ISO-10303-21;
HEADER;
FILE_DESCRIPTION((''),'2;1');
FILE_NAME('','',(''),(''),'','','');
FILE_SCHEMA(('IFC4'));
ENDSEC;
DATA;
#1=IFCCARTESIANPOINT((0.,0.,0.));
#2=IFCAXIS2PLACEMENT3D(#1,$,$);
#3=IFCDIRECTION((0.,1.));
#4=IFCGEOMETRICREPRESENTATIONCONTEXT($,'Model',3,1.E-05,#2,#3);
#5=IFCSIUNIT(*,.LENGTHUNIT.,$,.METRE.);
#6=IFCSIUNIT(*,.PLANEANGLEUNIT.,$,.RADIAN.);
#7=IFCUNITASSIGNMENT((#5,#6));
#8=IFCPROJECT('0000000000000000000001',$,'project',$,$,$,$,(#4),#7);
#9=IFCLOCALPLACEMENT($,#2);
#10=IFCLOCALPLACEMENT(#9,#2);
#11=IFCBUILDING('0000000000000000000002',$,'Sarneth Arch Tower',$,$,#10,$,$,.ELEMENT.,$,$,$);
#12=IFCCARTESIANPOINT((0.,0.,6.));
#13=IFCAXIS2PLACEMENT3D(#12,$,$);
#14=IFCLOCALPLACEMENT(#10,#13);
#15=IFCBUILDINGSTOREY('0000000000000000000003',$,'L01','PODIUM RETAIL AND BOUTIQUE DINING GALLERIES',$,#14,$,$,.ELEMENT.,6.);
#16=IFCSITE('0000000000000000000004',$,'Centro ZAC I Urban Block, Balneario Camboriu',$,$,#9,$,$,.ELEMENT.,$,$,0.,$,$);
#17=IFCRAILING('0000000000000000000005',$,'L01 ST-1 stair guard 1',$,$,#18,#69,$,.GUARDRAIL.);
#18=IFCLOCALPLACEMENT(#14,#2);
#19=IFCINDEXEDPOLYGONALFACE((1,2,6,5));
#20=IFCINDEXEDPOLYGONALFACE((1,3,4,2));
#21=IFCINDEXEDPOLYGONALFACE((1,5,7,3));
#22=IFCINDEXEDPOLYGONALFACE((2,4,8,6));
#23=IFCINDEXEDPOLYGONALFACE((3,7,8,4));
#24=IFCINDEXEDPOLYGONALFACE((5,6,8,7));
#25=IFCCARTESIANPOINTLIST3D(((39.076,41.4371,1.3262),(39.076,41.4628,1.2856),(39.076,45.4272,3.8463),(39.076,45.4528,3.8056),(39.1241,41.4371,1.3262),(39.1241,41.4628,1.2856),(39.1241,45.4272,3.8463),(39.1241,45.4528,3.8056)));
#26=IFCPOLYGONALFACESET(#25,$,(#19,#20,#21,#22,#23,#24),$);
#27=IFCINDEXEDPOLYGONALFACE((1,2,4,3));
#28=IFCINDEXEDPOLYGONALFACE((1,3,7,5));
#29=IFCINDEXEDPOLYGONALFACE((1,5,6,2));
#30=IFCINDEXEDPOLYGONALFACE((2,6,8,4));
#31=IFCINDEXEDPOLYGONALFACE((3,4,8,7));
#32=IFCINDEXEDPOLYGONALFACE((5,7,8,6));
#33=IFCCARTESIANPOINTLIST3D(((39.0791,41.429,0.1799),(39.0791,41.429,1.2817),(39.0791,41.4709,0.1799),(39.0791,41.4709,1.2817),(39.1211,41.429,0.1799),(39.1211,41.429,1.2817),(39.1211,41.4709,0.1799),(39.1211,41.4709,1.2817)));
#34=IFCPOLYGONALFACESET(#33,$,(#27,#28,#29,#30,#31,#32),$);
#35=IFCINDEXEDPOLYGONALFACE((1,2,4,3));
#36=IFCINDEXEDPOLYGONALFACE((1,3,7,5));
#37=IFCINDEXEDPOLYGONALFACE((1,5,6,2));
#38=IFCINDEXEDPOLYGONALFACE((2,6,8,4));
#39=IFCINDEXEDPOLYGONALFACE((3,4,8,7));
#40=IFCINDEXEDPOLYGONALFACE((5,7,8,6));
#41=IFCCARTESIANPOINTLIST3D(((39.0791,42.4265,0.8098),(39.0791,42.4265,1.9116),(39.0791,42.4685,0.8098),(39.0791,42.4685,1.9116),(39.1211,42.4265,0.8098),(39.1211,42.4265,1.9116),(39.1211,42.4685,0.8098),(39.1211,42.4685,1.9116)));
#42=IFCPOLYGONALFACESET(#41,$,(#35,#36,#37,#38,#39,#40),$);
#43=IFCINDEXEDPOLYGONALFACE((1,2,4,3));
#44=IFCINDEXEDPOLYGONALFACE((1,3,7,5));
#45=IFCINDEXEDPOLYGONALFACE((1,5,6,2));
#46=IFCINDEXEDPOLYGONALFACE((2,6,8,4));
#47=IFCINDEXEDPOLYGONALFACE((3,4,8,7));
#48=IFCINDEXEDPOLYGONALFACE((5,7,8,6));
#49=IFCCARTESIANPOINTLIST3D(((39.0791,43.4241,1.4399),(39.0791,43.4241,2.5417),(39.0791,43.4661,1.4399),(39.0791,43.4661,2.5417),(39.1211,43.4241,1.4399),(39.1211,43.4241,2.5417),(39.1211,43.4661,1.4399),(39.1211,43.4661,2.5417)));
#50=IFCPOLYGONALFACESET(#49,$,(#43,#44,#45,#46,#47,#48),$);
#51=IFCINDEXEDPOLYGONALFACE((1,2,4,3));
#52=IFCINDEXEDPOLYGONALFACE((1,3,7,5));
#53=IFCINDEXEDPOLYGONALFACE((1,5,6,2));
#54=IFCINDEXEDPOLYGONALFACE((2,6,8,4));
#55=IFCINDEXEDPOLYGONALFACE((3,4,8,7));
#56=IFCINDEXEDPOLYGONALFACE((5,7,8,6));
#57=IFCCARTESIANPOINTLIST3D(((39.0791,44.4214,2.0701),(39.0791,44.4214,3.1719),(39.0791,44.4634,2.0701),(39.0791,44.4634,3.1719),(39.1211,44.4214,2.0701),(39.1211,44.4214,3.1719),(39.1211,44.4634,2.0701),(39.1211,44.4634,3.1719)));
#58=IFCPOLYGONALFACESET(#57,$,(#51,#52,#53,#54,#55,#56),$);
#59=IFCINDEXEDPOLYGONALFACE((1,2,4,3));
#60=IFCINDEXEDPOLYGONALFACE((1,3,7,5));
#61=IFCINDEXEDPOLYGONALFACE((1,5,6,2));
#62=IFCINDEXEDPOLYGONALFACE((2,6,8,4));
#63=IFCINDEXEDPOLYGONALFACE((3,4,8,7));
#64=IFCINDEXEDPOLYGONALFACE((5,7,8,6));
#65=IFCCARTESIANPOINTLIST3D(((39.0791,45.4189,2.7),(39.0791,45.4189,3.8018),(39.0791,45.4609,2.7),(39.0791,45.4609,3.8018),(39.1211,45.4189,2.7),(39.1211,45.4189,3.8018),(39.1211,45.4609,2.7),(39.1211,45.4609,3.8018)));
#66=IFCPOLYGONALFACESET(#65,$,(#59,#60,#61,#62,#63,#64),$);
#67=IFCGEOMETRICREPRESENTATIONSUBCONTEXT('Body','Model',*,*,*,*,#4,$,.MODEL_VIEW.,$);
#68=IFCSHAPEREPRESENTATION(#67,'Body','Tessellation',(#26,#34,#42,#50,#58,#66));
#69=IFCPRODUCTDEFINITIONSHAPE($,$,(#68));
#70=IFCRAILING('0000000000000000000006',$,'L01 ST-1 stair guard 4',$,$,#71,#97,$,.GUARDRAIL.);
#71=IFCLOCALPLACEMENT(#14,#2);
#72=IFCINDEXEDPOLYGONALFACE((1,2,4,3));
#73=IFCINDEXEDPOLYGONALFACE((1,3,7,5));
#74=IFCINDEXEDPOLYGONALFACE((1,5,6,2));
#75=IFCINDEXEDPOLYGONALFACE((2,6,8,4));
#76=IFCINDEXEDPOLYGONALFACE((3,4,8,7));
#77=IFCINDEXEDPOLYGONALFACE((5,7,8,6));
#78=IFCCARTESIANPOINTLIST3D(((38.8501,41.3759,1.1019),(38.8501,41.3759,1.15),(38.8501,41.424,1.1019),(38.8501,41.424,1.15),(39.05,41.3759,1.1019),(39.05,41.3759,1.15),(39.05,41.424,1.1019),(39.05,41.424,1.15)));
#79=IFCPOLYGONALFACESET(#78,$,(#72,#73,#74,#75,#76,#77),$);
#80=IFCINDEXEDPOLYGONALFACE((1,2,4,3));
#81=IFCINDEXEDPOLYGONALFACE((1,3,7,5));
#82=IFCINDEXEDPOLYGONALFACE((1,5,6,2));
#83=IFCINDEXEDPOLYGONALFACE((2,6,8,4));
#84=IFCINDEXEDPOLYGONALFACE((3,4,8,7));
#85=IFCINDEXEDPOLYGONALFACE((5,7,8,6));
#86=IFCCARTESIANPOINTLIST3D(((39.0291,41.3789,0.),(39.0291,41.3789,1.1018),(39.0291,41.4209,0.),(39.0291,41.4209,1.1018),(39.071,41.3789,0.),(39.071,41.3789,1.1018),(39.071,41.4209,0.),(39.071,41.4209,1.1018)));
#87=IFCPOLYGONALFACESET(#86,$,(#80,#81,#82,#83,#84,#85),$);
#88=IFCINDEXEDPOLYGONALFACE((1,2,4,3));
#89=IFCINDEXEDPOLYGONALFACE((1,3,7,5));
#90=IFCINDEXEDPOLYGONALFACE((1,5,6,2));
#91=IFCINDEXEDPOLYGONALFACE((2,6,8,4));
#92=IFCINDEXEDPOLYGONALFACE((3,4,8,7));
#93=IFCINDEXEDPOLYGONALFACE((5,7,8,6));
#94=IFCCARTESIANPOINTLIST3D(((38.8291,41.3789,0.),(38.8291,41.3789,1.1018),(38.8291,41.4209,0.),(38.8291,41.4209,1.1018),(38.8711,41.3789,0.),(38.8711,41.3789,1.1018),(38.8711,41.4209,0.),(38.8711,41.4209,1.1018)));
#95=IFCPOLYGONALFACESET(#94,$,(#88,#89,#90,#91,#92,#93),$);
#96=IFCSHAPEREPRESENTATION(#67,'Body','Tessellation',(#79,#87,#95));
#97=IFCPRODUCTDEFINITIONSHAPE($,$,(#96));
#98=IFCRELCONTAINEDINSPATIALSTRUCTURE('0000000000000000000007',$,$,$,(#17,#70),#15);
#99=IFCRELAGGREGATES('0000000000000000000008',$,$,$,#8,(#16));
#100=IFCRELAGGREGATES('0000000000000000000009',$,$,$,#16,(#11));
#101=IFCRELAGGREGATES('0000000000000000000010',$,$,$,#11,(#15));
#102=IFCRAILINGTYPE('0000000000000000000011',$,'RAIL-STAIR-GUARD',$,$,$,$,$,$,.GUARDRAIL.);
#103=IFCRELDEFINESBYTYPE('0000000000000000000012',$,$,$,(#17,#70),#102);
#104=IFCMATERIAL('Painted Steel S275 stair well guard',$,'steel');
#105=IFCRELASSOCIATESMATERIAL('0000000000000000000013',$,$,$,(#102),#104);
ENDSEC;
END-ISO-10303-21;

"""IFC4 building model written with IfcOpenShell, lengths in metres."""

from ifc_helpers import new_model, si_unit, direction, frame, origin, origin_2d, place, context, subcontext, project, spatial, rectangle, extrude, material, type_object, element, save


model = new_model("IFC4")

# Units and contexts
model_context = context("Model", 3, precision=1e-05, world=origin(), true_north=direction((0.0, 1.0)))
body_context = subcontext(model_context, "Body", "Model", "MODEL_VIEW")
ifc_project = project(units=[si_unit("LENGTHUNIT", "METRE"), si_unit("PLANEANGLEUNIT", "RADIAN")], contexts=[model_context])

# Site, building, storey
site_placement = place(None, origin())
site = spatial("IfcSite", under=ifc_project, at=site_placement, Name="Centro ZAC I Urban Block, Balneario Camboriu", CompositionType="ELEMENT", RefElevation=0.0)
building_placement = place(site_placement, origin())
building = spatial("IfcBuilding", under=site, at=building_placement, Name="Sarneth Arch Tower", CompositionType="ELEMENT")
storey_placement = place(building_placement, frame((0.0, 0.0, 6.0)))
storey = spatial("IfcBuildingStorey", under=building, at=storey_placement, Name="L01", Description="PODIUM RETAIL AND BOUTIQUE DINING GALLERIES", CompositionType="ELEMENT", Elevation=6.0)

# Railings
ifc_material_1 = material(Name="Painted Steel S275 stair well guard", Category="steel")
railing_type_1 = type_object("IfcRailingType", Name="RAIL-STAIR-GUARD", PredefinedType="GUARDRAIL", material=ifc_material_1)
railing_1_placement = place(storey_placement, frame((39.1001, 41.45, 0.1799)))
element("IfcRailing", 1, at=railing_1_placement, inside=storey, type_object=railing_type_1, Name="L01 ST-1 stair guard 1", PredefinedType="GUARDRAIL", context=body_context, shape_type="SweptSolid", body=[
    extrude(rectangle(XDim=0.0481, YDim=0.0481, at=origin_2d()), frame((0.0, 0.0, 1.126), z_axis=(0.0, 0.845486, 0.533997), x_axis=(-1.0, 0.0, 0.0)), (0.0, 0.0, 1.0), 4.7192),
    extrude(rectangle(XDim=0.042, YDim=0.042, at=origin_2d()), origin(), (0.0, 0.0, 1.0), 1.1018),
    extrude(rectangle(XDim=0.042, YDim=0.042, at=origin_2d()), frame((0.0, 0.9976, 0.6299)), (0.0, 0.0, 1.0), 1.1018),
    extrude(rectangle(XDim=0.042, YDim=0.042, at=origin_2d()), frame((0.0, 1.9951, 1.26)), (0.0, 0.0, 1.0), 1.1018),
    extrude(rectangle(XDim=0.042, YDim=0.042, at=origin_2d()), frame((0.0, 2.9924, 1.8901)), (0.0, 0.0, 1.0), 1.1018),
    extrude(rectangle(XDim=0.042, YDim=0.042, at=origin_2d()), frame((0.0, 3.99, 2.52)), (0.0, 0.0, 1.0), 1.1018),
])
railing_2_placement = place(storey_placement, frame((39.05, 41.3999, 0.0)))
element("IfcRailing", 2, at=railing_2_placement, inside=storey, type_object=railing_type_1, Name="L01 ST-1 stair guard 4", PredefinedType="GUARDRAIL", context=body_context, shape_type="SweptSolid", body=[
    extrude(rectangle(XDim=0.0481, YDim=0.0481, at=origin_2d()), frame((0.0, 0.0, 1.126), z_axis=(-1.0, 0.0, 0.0), x_axis=(0.0, -1.0, 0.0)), (0.0, 0.0, 1.0), 0.2),
    extrude(rectangle(XDim=0.042, YDim=0.042, at=origin_2d()), origin(), (0.0, 0.0, 1.0), 1.1018),
    extrude(rectangle(XDim=0.042, YDim=0.042, at=origin_2d()), frame((-0.2, 0.0, 0.0)), (0.0, 0.0, 1.0), 1.1018),
])

save(model, "model.ifc")
